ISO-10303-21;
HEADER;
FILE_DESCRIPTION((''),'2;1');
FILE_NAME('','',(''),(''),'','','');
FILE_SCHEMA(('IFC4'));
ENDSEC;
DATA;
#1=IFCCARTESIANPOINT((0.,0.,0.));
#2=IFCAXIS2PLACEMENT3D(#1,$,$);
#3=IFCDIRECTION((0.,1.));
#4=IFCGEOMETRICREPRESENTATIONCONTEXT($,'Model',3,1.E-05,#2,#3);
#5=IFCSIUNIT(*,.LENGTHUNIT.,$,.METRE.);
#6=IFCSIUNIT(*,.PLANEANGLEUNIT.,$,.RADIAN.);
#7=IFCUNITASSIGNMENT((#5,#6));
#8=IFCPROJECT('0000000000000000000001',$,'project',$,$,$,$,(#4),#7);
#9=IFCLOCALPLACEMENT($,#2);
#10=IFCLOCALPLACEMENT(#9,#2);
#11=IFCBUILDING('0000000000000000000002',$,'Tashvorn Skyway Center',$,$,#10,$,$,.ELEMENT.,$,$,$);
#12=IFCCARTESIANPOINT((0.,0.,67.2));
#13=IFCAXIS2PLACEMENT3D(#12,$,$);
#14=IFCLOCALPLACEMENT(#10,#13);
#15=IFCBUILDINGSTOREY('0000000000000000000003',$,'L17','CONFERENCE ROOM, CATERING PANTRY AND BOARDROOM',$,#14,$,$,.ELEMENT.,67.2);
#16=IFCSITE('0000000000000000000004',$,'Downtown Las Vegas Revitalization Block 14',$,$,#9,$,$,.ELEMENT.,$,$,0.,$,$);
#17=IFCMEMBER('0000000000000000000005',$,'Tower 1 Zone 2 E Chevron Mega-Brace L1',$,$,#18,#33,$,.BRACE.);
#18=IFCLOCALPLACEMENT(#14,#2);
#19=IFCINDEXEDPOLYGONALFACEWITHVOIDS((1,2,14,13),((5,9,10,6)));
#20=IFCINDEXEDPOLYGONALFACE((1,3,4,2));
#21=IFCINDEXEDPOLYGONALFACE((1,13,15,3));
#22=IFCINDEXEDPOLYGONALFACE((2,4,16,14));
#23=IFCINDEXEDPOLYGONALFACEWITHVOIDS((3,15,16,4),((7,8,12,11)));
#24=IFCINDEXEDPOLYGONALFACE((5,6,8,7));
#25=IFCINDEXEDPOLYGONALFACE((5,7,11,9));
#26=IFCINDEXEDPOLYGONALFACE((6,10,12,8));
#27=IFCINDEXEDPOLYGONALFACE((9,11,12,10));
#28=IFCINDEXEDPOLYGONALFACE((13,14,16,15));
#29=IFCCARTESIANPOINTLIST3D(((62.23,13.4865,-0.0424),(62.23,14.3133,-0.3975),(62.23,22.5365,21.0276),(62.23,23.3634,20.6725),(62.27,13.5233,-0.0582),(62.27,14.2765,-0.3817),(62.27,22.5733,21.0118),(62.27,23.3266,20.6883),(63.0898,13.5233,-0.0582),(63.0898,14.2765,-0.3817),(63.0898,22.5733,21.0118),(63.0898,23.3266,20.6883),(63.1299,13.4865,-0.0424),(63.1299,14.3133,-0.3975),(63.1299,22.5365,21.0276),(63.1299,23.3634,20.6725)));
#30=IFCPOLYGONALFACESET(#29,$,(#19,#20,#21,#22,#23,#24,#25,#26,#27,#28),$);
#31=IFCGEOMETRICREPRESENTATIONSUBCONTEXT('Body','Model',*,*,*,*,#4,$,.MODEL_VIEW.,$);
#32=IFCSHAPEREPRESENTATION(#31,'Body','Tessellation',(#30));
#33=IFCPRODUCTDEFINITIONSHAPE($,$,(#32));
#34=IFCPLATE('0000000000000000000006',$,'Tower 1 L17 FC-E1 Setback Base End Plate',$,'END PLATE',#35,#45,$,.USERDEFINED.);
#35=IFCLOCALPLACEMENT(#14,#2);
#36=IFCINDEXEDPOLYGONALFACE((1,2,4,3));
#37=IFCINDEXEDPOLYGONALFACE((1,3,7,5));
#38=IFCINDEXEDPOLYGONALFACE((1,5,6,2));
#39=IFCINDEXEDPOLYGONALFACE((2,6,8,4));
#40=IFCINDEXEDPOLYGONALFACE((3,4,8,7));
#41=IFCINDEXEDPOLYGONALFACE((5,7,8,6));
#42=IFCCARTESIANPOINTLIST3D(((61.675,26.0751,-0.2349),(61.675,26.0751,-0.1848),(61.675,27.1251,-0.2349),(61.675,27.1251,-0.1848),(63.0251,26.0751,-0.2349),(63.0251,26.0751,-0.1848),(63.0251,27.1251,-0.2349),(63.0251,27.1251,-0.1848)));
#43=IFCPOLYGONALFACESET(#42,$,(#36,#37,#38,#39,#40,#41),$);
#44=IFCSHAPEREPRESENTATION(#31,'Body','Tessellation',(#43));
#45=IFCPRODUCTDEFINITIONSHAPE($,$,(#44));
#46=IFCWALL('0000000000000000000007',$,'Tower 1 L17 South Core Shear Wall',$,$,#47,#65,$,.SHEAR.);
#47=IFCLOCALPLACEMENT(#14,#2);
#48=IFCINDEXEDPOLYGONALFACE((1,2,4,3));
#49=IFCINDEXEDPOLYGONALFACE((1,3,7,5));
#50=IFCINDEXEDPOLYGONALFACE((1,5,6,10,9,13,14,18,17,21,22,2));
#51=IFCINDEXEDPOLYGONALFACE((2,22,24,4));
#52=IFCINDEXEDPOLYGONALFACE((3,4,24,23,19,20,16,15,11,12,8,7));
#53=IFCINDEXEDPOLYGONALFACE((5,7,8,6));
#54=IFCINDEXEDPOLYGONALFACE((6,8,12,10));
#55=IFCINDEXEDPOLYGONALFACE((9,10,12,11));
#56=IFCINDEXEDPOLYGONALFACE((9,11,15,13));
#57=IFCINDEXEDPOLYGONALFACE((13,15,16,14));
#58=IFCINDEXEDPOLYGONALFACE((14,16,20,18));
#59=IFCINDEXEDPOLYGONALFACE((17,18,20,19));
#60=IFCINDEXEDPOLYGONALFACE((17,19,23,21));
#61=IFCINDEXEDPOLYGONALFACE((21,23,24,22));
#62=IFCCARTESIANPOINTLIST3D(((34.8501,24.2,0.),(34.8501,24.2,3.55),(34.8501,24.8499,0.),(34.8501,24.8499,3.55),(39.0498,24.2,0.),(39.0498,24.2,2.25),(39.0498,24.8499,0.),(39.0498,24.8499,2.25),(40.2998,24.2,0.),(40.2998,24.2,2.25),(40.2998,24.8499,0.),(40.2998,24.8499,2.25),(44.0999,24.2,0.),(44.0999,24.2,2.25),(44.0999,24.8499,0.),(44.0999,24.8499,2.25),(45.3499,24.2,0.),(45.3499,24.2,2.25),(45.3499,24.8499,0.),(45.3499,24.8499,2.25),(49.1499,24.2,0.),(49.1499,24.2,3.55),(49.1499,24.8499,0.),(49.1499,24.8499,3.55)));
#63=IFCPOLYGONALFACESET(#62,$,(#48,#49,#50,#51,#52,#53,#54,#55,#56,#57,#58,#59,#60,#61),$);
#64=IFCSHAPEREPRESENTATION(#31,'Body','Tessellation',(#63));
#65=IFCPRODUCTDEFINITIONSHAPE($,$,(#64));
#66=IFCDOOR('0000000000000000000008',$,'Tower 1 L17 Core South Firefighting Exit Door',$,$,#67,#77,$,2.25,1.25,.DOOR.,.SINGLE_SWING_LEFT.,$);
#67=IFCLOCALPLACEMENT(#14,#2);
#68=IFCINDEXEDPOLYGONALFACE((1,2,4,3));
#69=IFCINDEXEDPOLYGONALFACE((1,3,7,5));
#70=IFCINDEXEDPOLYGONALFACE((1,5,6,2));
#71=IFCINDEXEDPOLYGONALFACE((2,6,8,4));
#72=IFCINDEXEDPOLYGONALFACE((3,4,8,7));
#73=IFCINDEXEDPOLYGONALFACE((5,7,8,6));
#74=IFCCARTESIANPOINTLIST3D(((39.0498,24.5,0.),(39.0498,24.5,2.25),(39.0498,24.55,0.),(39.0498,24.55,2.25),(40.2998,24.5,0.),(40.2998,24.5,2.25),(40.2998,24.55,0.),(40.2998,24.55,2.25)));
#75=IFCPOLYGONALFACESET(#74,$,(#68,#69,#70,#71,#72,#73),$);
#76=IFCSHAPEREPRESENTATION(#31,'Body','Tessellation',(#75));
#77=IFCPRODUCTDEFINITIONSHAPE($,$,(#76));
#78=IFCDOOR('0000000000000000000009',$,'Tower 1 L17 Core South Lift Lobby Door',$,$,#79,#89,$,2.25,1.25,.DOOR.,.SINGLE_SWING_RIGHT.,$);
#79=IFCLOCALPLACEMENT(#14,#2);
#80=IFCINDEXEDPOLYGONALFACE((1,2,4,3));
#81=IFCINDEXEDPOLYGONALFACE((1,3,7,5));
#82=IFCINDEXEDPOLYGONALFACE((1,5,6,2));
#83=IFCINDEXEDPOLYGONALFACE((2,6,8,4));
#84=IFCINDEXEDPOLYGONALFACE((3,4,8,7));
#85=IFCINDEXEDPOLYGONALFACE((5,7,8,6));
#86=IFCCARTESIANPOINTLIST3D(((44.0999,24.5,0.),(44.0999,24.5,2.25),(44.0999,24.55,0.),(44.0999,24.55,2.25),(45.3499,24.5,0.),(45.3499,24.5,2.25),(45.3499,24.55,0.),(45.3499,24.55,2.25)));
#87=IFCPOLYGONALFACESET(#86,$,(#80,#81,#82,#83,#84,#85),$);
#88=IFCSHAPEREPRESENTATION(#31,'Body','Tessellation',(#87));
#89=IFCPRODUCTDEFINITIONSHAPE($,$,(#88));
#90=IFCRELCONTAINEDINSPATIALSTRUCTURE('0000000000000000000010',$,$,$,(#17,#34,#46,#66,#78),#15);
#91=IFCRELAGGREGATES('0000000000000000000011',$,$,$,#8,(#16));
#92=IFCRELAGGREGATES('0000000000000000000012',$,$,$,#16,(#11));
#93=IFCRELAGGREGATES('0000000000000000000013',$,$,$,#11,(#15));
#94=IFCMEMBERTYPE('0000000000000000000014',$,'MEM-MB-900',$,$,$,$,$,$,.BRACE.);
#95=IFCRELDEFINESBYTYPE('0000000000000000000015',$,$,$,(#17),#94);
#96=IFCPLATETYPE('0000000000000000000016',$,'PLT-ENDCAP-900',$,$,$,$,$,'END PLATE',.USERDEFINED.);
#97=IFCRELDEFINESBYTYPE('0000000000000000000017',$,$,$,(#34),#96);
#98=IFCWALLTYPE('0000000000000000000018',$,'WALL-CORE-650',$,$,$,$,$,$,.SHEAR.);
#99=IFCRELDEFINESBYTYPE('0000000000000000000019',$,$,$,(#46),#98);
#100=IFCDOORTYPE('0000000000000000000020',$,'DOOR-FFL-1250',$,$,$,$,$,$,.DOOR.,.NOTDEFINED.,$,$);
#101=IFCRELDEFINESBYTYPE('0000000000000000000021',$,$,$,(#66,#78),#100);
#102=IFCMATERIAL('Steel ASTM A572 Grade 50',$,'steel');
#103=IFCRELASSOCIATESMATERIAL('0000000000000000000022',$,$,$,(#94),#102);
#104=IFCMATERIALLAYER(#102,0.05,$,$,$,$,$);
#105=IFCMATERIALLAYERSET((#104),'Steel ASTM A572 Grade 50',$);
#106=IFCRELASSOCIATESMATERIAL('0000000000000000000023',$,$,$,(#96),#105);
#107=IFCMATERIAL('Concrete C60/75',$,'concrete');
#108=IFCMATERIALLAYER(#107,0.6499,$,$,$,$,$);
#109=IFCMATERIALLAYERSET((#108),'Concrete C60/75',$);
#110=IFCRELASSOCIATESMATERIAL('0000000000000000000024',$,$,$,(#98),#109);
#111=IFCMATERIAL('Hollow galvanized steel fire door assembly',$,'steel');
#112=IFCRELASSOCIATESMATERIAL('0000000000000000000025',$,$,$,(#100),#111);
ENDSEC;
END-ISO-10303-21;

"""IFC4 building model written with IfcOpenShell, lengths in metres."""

from ifc_helpers import new_model, si_unit, direction, frame, frame_2d, origin, origin_2d, place, context, subcontext, project, spatial, rectangle, hollow_rectangle, extrude, material, layer, layer_set, material_profile, profile_set, type_object, element, fill, save


model = new_model("IFC4")

# Units and contexts
model_context = context("Model", 3, precision=1e-05, world=origin(), true_north=direction((0.0, 1.0)))
body_context = subcontext(model_context, "Body", "Model", "MODEL_VIEW")
ifc_project = project(units=[si_unit("LENGTHUNIT", "METRE"), si_unit("PLANEANGLEUNIT", "RADIAN")], contexts=[model_context])

# Site, building, storey
site_placement = place(None, origin())
site = spatial("IfcSite", under=ifc_project, at=site_placement, Name="Downtown Las Vegas Revitalization Block 14", CompositionType="ELEMENT", RefElevation=0.0)
building_placement = place(site_placement, origin())
building = spatial("IfcBuilding", under=site, at=building_placement, Name="Tashvorn Skyway Center", CompositionType="ELEMENT")
storey_placement = place(building_placement, frame((0.0, 0.0, 67.2)))
storey = spatial("IfcBuildingStorey", under=building, at=storey_placement, Name="L17", Description="CONFERENCE ROOM, CATERING PANTRY AND BOARDROOM", CompositionType="ELEMENT", Elevation=67.2)

# Shared definitions
ifc_material_1 = material(Name="Steel ASTM A572 Grade 50", Category="steel")

# Member
ifc_material_profile_1 = material_profile(ifc_material_1, hollow_rectangle(XDim=0.8999, YDim=0.8999, WallThickness=0.04, at=origin_2d()), Name="BOX900x900x40")
ifc_profile_set_1 = profile_set([ifc_material_profile_1], Name="Steel ASTM A572 Grade 50")
member_type_1 = type_object("IfcMemberType", Name="MEM-MB-900", PredefinedType="BRACE", material=ifc_profile_set_1)
member_1_placement = place(storey_placement, frame((62.6799, 13.8999, -0.22), z_axis=(0.0, 0.394657, 0.918829), x_axis=(-1.0, 0.0, 0.0)))
element("IfcMember", 1, at=member_1_placement, inside=storey, type_object=member_type_1, Name="Tower 1 Zone 2 E Chevron Mega-Brace L1", PredefinedType="BRACE", context=body_context, shape_type="SweptSolid", body=[
    extrude(hollow_rectangle(XDim=0.8999, YDim=0.8999, WallThickness=0.04, at=origin_2d()), origin(), (0.0, 0.0, 1.0), 22.9314),
])

# Plate
ifc_layer_1 = layer(ifc_material_1, 0.05)
ifc_layer_set_1 = layer_set([ifc_layer_1], Name="Steel ASTM A572 Grade 50")
plate_type = type_object("IfcPlateType", Name="PLT-ENDCAP-900", ElementType="END PLATE", PredefinedType="USERDEFINED", material=ifc_layer_set_1)
plate_placement = place(storey_placement, frame((62.3501, 26.6001, -0.2349), z_axis=(0.0, 0.0, 1.0), x_axis=(1.0, 0.0, 0.0)))
element("IfcPlate", 2, at=plate_placement, inside=storey, type_object=plate_type, Name="Tower 1 L17 FC-E1 Setback Base End Plate", ObjectType="END PLATE", PredefinedType="USERDEFINED", context=body_context, shape_type="SweptSolid", body=[
    extrude(rectangle(XDim=1.3501, YDim=1.05, at=origin_2d()), origin(), (0.0, 0.0, 1.0), 0.05),
])

# Wall, openings, doors
ifc_material_2 = material(Name="Concrete C60/75", Category="concrete")
ifc_layer_2 = layer(ifc_material_2, 0.6499)
ifc_layer_set_2 = layer_set([ifc_layer_2], Name="Concrete C60/75")
wall_type_1 = type_object("IfcWallType", Name="WALL-CORE-650", PredefinedType="SHEAR", material=ifc_layer_set_2)
wall_1_placement = place(storey_placement, frame((49.1499, 24.5249, 0.0), z_axis=(0.0, 0.0, 1.0), x_axis=(-1.0, 0.0, 0.0)))
wall_1 = element("IfcWall", 3, at=wall_1_placement, inside=storey, type_object=wall_type_1, Name="Tower 1 L17 South Core Shear Wall", PredefinedType="SHEAR", context=body_context, shape_type="SweptSolid", body=[
    extrude(rectangle(XDim=14.2998, YDim=0.6499, at=frame_2d((7.1499, 0.0))), origin(), (0.0, 0.0, 1.0), 3.55),
])
opening_1_placement = place(wall_1_placement, frame((8.8501, 0.0, 0.0)))
opening_1 = element("IfcOpeningElement", 4, at=opening_1_placement, cuts=wall_1, PredefinedType="OPENING", context=body_context, shape_type="SweptSolid", body=[
    extrude(rectangle(XDim=1.25, YDim=2.25, at=frame_2d((0.625, 1.125))), frame((0.0, 0.335, 0.0), z_axis=(0.0, -1.0, 0.0), x_axis=(1.0, 0.0, 0.0)), (0.0, 0.0, 1.0), 0.6699),
])
opening_2_placement = place(wall_1_placement, frame((3.8, 0.0, 0.0)))
opening_2 = element("IfcOpeningElement", 5, at=opening_2_placement, cuts=wall_1, PredefinedType="OPENING", context=body_context, shape_type="SweptSolid", body=[
    extrude(rectangle(XDim=1.25, YDim=2.25, at=frame_2d((0.625, 1.125))), frame((0.0, 0.335, 0.0), z_axis=(0.0, -1.0, 0.0), x_axis=(1.0, 0.0, 0.0)), (0.0, 0.0, 1.0), 0.6699),
])
ifc_material_3 = material(Name="Hollow galvanized steel fire door assembly", Category="steel")
door_type_1 = type_object("IfcDoorType", Name="DOOR-FFL-1250", OperationType="NOTDEFINED", PredefinedType="DOOR", material=ifc_material_3)
door_1_placement = place(opening_1_placement, origin())
door_1 = element("IfcDoor", 6, at=door_1_placement, inside=storey, type_object=door_type_1, Name="Tower 1 L17 Core South Firefighting Exit Door", OperationType="SINGLE_SWING_LEFT", OverallHeight=2.25, OverallWidth=1.25, PredefinedType="DOOR", context=body_context, shape_type="SweptSolid", body=[
    extrude(rectangle(XDim=1.25, YDim=2.25, at=frame_2d((0.625, 1.125))), frame((0.0, 0.0249, 0.0), z_axis=(0.0, -1.0, 0.0), x_axis=(1.0, 0.0, 0.0)), (0.0, 0.0, 1.0), 0.05),
])
fill(opening_1, door_1)
door_2_placement = place(opening_2_placement, origin())
door_2 = element("IfcDoor", 7, at=door_2_placement, inside=storey, type_object=door_type_1, Name="Tower 1 L17 Core South Lift Lobby Door", OperationType="SINGLE_SWING_RIGHT", OverallHeight=2.25, OverallWidth=1.25, PredefinedType="DOOR", context=body_context, shape_type="SweptSolid", body=[
    extrude(rectangle(XDim=1.25, YDim=2.25, at=frame_2d((0.625, 1.125))), frame((0.0, 0.0249, 0.0), z_axis=(0.0, -1.0, 0.0), x_axis=(1.0, 0.0, 0.0)), (0.0, 0.0, 1.0), 0.05),
])
fill(opening_2, door_2)

save(model, "model.ifc")
